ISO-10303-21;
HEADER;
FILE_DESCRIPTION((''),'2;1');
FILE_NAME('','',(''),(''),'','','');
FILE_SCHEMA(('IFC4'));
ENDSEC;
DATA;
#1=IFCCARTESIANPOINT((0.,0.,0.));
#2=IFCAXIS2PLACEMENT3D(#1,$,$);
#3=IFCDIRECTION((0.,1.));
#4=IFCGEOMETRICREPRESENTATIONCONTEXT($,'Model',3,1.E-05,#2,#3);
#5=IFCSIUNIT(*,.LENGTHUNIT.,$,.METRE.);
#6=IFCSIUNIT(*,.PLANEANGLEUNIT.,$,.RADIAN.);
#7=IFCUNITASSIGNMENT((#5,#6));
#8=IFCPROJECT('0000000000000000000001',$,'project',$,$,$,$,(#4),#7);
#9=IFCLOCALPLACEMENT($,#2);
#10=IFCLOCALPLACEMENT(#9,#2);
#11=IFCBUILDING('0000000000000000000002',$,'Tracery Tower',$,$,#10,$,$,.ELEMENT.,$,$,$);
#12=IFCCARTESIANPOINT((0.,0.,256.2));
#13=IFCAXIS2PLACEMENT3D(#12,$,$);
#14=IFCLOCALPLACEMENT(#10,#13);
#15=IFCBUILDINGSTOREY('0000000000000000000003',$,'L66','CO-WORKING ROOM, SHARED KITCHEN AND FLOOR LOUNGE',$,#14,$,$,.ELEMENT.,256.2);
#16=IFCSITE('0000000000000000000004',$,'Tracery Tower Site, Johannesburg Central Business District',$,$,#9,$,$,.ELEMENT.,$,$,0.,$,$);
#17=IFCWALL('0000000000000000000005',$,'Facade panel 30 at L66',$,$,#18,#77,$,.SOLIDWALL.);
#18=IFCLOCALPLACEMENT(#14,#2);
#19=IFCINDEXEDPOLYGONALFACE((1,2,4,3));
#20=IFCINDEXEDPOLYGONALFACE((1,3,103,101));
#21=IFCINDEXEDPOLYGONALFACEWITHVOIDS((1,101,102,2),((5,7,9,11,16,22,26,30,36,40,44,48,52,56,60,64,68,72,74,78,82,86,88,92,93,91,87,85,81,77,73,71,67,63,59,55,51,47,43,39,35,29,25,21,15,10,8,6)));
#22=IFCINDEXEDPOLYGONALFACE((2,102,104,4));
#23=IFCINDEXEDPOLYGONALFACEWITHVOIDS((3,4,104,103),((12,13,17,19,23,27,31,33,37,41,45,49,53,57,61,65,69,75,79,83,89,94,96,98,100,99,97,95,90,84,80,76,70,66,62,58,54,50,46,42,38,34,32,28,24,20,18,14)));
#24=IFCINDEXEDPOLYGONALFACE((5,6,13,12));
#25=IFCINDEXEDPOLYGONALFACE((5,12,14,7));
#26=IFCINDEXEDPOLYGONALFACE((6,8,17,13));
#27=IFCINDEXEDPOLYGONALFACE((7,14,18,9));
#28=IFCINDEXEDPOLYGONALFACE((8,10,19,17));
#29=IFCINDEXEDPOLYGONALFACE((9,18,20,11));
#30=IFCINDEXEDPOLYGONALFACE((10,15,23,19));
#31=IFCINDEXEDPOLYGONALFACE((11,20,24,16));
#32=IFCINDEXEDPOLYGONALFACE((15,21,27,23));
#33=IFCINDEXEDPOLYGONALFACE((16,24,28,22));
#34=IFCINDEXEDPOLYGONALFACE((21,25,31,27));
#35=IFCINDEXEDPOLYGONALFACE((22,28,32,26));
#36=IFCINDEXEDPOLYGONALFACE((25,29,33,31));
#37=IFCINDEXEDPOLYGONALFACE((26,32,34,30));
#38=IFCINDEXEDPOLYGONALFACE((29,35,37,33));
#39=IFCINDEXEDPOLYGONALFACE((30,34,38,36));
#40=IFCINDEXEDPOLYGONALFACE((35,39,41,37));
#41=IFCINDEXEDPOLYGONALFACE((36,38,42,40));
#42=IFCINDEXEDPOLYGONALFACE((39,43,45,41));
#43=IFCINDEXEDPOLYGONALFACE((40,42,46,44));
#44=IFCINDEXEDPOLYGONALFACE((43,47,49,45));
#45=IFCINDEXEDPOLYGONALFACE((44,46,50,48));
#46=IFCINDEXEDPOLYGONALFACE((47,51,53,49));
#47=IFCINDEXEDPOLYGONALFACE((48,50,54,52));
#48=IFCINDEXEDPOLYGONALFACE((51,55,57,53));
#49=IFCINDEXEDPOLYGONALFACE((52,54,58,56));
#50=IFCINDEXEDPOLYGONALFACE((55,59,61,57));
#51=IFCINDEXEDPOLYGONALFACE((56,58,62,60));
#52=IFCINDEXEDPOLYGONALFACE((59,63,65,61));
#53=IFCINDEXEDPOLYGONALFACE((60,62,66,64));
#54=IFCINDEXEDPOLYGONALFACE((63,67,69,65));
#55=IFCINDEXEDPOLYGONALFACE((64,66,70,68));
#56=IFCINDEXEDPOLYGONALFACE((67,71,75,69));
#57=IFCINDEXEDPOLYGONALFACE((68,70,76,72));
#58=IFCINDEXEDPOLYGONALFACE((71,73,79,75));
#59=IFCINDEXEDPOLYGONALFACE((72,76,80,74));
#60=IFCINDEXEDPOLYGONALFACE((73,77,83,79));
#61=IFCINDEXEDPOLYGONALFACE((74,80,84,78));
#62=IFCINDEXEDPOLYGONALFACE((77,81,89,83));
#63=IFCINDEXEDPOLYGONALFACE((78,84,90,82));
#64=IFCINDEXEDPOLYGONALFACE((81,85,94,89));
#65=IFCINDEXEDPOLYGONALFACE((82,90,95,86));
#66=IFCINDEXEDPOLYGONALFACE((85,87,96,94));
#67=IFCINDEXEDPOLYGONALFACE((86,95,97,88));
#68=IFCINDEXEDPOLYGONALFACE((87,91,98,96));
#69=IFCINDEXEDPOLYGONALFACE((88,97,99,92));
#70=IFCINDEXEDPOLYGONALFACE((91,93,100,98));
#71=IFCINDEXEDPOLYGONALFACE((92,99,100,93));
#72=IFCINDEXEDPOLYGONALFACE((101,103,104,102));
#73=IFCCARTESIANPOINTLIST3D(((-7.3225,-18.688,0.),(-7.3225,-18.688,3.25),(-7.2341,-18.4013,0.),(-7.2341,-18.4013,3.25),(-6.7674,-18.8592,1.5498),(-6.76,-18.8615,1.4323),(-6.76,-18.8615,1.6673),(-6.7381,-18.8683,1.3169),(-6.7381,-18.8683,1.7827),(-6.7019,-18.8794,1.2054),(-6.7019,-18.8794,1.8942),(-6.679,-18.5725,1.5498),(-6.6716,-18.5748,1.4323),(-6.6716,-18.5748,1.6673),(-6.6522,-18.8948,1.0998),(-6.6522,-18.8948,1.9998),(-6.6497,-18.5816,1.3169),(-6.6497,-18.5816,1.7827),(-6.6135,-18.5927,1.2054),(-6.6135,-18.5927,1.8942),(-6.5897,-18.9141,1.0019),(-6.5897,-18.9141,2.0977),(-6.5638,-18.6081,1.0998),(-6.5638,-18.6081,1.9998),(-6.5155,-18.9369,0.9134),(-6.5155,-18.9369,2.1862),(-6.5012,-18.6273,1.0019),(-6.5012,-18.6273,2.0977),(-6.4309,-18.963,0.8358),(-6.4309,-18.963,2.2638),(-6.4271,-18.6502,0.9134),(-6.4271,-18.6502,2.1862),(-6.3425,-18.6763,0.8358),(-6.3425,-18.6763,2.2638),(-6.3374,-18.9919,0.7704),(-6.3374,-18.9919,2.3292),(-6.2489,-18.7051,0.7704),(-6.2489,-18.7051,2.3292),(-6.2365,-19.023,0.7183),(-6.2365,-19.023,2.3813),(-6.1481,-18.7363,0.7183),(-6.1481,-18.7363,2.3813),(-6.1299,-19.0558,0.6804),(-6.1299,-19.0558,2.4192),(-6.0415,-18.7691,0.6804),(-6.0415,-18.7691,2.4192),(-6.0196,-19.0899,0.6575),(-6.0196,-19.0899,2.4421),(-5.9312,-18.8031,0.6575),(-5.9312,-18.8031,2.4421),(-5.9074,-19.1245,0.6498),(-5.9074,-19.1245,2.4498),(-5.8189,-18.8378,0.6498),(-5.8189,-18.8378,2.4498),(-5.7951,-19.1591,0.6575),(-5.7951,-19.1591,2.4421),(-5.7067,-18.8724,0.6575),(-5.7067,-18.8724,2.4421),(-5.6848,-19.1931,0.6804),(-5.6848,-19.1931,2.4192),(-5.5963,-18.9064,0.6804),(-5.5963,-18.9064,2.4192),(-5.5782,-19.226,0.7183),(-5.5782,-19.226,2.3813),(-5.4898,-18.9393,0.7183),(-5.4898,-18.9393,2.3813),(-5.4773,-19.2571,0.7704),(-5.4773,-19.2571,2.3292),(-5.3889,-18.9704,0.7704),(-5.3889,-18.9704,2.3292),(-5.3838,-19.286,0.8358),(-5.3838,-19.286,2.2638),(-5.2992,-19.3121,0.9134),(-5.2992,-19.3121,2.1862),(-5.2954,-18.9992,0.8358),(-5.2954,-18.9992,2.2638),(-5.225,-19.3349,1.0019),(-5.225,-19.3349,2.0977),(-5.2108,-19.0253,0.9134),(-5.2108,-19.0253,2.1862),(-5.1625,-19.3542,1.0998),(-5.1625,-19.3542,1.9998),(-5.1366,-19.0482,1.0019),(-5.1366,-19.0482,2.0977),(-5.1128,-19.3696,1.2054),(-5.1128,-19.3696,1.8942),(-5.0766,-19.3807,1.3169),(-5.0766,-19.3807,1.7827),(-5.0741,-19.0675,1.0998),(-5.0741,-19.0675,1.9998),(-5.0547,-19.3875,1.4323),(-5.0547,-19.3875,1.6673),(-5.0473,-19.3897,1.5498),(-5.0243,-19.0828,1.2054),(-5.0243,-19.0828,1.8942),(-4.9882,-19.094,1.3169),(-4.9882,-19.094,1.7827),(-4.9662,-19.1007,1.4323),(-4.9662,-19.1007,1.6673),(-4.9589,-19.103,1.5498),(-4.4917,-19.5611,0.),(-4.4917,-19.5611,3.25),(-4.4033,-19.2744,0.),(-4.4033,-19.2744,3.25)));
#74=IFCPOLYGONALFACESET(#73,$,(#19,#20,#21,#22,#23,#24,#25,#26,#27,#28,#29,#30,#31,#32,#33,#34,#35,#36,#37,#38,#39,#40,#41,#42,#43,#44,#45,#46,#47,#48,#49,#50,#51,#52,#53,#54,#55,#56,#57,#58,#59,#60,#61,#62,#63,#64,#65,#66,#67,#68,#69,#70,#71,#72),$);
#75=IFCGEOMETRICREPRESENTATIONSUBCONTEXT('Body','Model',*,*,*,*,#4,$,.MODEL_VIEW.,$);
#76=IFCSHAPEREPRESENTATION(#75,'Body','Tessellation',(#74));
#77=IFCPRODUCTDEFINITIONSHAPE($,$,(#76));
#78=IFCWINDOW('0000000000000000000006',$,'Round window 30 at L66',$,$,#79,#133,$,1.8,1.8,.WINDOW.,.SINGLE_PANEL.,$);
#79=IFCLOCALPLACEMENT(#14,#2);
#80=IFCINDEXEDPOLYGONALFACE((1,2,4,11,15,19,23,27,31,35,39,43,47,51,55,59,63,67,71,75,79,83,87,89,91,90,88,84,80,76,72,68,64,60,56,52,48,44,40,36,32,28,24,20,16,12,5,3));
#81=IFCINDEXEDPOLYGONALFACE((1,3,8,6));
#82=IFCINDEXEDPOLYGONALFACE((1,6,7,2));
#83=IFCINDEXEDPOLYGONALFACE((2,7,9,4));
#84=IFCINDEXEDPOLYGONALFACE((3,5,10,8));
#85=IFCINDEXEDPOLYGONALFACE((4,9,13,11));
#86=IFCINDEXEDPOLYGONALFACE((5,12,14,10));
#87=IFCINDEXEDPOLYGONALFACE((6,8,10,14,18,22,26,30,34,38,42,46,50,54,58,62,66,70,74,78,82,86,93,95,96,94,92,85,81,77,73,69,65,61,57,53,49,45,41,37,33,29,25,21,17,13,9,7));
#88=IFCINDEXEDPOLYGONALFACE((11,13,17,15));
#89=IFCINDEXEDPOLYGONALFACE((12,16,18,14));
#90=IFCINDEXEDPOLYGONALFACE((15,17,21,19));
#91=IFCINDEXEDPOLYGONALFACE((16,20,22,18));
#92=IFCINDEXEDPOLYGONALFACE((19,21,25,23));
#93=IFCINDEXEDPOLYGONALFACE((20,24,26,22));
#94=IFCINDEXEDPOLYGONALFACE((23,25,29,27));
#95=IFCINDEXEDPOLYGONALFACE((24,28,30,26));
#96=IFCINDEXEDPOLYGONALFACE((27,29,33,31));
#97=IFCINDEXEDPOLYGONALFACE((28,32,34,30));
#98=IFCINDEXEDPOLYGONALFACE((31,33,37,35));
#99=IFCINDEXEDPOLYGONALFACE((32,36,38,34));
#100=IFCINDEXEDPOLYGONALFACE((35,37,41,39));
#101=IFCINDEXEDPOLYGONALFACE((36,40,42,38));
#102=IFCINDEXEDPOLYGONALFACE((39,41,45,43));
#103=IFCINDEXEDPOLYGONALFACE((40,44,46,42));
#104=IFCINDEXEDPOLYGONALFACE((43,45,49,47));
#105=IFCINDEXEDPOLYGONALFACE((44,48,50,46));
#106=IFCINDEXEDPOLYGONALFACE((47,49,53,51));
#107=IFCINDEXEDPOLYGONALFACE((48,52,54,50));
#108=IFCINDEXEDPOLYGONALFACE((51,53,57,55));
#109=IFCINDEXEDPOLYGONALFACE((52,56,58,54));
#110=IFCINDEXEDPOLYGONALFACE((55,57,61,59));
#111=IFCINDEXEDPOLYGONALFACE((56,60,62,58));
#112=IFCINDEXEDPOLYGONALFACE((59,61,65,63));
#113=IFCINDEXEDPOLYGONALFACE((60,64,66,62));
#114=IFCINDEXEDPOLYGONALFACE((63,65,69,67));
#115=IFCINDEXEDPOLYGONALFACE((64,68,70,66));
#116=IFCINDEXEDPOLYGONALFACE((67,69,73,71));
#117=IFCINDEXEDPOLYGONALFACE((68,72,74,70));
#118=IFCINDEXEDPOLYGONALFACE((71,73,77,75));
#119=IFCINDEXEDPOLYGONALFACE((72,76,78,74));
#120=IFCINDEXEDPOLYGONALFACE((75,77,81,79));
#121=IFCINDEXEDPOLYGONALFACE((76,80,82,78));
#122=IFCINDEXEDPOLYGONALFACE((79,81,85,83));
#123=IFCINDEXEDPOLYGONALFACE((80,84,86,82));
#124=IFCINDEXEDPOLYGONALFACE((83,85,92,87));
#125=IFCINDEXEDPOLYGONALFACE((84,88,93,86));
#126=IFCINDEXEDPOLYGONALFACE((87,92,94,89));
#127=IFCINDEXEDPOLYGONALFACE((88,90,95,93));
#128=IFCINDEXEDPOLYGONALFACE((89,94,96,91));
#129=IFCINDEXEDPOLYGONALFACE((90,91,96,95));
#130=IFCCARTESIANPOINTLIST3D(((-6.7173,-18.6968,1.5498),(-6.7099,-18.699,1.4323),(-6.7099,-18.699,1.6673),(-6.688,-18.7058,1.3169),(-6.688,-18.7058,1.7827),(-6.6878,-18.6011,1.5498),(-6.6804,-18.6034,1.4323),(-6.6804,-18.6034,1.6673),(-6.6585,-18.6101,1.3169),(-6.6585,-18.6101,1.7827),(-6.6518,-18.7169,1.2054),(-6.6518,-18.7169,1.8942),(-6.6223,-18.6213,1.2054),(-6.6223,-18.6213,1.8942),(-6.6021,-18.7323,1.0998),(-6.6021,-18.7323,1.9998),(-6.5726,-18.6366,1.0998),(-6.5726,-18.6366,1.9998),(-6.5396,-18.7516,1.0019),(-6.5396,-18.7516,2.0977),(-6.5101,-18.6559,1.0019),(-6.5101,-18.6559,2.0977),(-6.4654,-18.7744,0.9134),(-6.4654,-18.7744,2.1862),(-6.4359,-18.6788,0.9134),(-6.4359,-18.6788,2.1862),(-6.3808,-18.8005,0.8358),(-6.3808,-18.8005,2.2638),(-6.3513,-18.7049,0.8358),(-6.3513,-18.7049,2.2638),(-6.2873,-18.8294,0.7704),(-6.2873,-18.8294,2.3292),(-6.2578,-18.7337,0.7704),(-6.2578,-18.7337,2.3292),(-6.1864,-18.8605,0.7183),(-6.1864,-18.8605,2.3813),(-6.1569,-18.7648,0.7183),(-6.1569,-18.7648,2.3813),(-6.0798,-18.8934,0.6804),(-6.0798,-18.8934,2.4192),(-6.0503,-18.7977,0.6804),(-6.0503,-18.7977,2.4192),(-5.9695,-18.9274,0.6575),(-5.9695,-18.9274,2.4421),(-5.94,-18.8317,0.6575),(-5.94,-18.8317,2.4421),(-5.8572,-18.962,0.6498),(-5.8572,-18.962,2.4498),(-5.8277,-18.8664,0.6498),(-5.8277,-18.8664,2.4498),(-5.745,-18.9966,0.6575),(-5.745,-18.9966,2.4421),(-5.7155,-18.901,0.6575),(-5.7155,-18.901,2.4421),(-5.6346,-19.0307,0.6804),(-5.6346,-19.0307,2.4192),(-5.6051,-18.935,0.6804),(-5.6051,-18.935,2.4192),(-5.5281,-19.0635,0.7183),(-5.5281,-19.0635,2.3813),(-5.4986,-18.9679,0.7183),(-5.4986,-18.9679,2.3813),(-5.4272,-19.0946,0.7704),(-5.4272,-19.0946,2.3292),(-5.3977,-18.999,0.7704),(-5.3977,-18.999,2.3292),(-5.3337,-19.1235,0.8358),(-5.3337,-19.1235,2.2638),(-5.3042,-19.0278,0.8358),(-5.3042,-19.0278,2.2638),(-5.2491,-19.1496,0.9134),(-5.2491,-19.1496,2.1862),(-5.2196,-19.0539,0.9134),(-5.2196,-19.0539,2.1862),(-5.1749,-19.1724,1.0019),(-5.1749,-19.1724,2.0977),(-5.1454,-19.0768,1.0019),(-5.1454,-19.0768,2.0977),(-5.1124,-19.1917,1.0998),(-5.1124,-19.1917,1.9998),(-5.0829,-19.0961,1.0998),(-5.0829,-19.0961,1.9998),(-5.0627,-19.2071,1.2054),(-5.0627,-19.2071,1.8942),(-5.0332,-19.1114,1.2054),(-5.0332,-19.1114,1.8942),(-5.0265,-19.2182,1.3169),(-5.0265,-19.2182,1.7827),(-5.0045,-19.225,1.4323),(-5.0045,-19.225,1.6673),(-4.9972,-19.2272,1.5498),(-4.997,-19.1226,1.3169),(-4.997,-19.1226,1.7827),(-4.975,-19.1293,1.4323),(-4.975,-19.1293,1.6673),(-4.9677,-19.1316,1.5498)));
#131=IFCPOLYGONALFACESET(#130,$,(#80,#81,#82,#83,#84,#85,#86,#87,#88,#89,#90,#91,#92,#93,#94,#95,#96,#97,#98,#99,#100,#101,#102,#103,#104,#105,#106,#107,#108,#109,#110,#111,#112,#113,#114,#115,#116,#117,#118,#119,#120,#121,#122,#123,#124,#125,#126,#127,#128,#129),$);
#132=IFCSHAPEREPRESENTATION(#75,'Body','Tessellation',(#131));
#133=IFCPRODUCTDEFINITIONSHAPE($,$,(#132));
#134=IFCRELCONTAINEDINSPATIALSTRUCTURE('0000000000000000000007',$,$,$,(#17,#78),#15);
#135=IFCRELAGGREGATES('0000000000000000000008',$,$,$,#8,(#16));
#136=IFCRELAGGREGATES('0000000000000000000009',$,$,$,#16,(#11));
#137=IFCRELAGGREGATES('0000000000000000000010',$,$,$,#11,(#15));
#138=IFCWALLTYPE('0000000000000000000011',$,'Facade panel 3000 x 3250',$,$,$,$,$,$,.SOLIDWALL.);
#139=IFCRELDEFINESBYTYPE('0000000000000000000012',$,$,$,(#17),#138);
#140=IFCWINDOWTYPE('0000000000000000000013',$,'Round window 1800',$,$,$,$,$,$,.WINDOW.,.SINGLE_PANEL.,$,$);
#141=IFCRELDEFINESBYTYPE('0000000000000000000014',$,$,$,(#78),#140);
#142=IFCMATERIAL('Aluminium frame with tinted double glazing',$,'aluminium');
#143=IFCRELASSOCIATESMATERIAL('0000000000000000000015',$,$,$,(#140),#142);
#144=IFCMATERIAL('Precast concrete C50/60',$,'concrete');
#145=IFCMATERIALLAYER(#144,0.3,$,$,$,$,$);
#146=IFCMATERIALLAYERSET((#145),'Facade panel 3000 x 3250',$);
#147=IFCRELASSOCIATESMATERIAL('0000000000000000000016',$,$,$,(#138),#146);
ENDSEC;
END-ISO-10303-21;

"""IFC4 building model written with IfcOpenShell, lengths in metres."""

from ifc_helpers import new_model, si_unit, direction, frame, frame_2d, origin, origin_2d, place, context, subcontext, project, spatial, rectangle, circle, extrude, material, layer, layer_set, type_object, element, fill, save


model = new_model("IFC4")

# Units and contexts
model_context = context("Model", 3, precision=1e-05, world=origin(), true_north=direction((0.0, 1.0)))
body_context = subcontext(model_context, "Body", "Model", "MODEL_VIEW")
ifc_project = project(units=[si_unit("LENGTHUNIT", "METRE"), si_unit("PLANEANGLEUNIT", "RADIAN")], contexts=[model_context])

# Site, building, storey
site_placement = place(None, origin())
site = spatial("IfcSite", under=ifc_project, at=site_placement, Name="Tracery Tower Site, Johannesburg Central Business District", CompositionType="ELEMENT", RefElevation=0.0)
building_placement = place(site_placement, origin())
building = spatial("IfcBuilding", under=site, at=building_placement, Name="Tracery Tower", CompositionType="ELEMENT")
storey_placement = place(building_placement, frame((0.0, 0.0, 256.2)))
storey = spatial("IfcBuildingStorey", under=building, at=storey_placement, Name="L66", Description="CO-WORKING ROOM, SHARED KITCHEN AND FLOOR LOUNGE", CompositionType="ELEMENT", Elevation=256.2)

# Wall, opening, window
ifc_material_1 = material(Name="Aluminium frame with tinted double glazing", Category="aluminium")
window_type = type_object("IfcWindowType", Name="Round window 1800", PartitioningType="SINGLE_PANEL", PredefinedType="WINDOW", material=ifc_material_1)
ifc_material_2 = material(Name="Precast concrete C50/60", Category="concrete")
ifc_layer_1 = layer(ifc_material_2, 0.3)
ifc_layer_set_1 = layer_set([ifc_layer_1], Name="Facade panel 3000 x 3250")
wall_type_1 = type_object("IfcWallType", Name="Facade panel 3000 x 3250", PredefinedType="SOLIDWALL", material=ifc_layer_set_1)
wall_1_placement = place(storey_placement, frame((-7.2783, -18.5447, 0.0), z_axis=(0.0, 0.0, 1.0), x_axis=(0.955586, -0.294711, 0.0)))
wall_1 = element("IfcWall", 1, at=wall_1_placement, inside=storey, type_object=wall_type_1, Name="Facade panel 30 at L66", PredefinedType="SOLIDWALL", context=body_context, shape_type="SweptSolid", body=[
    extrude(rectangle(XDim=2.9624, YDim=0.3, at=frame_2d((1.4812, 0.0))), origin(), (0.0, 0.0, 1.0), 3.25),
])
opening_1_placement = place(wall_1_placement, frame((1.481, 0.0, 1.5498)))
opening_1 = element("IfcOpeningElement", 2, at=opening_1_placement, cuts=wall_1, PredefinedType="OPENING", context=body_context, shape_type="SweptSolid", body=[
    extrude(circle(Radius=0.9, at=origin_2d()), frame((0.0, 0.1599, 0.0), z_axis=(0.0, -1.0, 0.0), x_axis=(1.0, 0.0, 0.0)), (0.0, 0.0, 1.0), 0.3201),
])
window_1_placement = place(opening_1_placement, origin())
window_1 = element("IfcWindow", 3, at=window_1_placement, inside=storey, type_object=window_type, Name="Round window 30 at L66", OverallHeight=1.8, OverallWidth=1.8, PartitioningType="SINGLE_PANEL", PredefinedType="WINDOW", context=body_context, shape_type="SweptSolid", body=[
    extrude(circle(Radius=0.9, at=origin_2d()), frame((0.0, 0.1201, 0.0), z_axis=(0.0, -1.0, 0.0), x_axis=(1.0, 0.0, 0.0)), (0.0, 0.0, 1.0), 0.1001),
])
fill(opening_1, window_1)

save(model, "model.ifc")
